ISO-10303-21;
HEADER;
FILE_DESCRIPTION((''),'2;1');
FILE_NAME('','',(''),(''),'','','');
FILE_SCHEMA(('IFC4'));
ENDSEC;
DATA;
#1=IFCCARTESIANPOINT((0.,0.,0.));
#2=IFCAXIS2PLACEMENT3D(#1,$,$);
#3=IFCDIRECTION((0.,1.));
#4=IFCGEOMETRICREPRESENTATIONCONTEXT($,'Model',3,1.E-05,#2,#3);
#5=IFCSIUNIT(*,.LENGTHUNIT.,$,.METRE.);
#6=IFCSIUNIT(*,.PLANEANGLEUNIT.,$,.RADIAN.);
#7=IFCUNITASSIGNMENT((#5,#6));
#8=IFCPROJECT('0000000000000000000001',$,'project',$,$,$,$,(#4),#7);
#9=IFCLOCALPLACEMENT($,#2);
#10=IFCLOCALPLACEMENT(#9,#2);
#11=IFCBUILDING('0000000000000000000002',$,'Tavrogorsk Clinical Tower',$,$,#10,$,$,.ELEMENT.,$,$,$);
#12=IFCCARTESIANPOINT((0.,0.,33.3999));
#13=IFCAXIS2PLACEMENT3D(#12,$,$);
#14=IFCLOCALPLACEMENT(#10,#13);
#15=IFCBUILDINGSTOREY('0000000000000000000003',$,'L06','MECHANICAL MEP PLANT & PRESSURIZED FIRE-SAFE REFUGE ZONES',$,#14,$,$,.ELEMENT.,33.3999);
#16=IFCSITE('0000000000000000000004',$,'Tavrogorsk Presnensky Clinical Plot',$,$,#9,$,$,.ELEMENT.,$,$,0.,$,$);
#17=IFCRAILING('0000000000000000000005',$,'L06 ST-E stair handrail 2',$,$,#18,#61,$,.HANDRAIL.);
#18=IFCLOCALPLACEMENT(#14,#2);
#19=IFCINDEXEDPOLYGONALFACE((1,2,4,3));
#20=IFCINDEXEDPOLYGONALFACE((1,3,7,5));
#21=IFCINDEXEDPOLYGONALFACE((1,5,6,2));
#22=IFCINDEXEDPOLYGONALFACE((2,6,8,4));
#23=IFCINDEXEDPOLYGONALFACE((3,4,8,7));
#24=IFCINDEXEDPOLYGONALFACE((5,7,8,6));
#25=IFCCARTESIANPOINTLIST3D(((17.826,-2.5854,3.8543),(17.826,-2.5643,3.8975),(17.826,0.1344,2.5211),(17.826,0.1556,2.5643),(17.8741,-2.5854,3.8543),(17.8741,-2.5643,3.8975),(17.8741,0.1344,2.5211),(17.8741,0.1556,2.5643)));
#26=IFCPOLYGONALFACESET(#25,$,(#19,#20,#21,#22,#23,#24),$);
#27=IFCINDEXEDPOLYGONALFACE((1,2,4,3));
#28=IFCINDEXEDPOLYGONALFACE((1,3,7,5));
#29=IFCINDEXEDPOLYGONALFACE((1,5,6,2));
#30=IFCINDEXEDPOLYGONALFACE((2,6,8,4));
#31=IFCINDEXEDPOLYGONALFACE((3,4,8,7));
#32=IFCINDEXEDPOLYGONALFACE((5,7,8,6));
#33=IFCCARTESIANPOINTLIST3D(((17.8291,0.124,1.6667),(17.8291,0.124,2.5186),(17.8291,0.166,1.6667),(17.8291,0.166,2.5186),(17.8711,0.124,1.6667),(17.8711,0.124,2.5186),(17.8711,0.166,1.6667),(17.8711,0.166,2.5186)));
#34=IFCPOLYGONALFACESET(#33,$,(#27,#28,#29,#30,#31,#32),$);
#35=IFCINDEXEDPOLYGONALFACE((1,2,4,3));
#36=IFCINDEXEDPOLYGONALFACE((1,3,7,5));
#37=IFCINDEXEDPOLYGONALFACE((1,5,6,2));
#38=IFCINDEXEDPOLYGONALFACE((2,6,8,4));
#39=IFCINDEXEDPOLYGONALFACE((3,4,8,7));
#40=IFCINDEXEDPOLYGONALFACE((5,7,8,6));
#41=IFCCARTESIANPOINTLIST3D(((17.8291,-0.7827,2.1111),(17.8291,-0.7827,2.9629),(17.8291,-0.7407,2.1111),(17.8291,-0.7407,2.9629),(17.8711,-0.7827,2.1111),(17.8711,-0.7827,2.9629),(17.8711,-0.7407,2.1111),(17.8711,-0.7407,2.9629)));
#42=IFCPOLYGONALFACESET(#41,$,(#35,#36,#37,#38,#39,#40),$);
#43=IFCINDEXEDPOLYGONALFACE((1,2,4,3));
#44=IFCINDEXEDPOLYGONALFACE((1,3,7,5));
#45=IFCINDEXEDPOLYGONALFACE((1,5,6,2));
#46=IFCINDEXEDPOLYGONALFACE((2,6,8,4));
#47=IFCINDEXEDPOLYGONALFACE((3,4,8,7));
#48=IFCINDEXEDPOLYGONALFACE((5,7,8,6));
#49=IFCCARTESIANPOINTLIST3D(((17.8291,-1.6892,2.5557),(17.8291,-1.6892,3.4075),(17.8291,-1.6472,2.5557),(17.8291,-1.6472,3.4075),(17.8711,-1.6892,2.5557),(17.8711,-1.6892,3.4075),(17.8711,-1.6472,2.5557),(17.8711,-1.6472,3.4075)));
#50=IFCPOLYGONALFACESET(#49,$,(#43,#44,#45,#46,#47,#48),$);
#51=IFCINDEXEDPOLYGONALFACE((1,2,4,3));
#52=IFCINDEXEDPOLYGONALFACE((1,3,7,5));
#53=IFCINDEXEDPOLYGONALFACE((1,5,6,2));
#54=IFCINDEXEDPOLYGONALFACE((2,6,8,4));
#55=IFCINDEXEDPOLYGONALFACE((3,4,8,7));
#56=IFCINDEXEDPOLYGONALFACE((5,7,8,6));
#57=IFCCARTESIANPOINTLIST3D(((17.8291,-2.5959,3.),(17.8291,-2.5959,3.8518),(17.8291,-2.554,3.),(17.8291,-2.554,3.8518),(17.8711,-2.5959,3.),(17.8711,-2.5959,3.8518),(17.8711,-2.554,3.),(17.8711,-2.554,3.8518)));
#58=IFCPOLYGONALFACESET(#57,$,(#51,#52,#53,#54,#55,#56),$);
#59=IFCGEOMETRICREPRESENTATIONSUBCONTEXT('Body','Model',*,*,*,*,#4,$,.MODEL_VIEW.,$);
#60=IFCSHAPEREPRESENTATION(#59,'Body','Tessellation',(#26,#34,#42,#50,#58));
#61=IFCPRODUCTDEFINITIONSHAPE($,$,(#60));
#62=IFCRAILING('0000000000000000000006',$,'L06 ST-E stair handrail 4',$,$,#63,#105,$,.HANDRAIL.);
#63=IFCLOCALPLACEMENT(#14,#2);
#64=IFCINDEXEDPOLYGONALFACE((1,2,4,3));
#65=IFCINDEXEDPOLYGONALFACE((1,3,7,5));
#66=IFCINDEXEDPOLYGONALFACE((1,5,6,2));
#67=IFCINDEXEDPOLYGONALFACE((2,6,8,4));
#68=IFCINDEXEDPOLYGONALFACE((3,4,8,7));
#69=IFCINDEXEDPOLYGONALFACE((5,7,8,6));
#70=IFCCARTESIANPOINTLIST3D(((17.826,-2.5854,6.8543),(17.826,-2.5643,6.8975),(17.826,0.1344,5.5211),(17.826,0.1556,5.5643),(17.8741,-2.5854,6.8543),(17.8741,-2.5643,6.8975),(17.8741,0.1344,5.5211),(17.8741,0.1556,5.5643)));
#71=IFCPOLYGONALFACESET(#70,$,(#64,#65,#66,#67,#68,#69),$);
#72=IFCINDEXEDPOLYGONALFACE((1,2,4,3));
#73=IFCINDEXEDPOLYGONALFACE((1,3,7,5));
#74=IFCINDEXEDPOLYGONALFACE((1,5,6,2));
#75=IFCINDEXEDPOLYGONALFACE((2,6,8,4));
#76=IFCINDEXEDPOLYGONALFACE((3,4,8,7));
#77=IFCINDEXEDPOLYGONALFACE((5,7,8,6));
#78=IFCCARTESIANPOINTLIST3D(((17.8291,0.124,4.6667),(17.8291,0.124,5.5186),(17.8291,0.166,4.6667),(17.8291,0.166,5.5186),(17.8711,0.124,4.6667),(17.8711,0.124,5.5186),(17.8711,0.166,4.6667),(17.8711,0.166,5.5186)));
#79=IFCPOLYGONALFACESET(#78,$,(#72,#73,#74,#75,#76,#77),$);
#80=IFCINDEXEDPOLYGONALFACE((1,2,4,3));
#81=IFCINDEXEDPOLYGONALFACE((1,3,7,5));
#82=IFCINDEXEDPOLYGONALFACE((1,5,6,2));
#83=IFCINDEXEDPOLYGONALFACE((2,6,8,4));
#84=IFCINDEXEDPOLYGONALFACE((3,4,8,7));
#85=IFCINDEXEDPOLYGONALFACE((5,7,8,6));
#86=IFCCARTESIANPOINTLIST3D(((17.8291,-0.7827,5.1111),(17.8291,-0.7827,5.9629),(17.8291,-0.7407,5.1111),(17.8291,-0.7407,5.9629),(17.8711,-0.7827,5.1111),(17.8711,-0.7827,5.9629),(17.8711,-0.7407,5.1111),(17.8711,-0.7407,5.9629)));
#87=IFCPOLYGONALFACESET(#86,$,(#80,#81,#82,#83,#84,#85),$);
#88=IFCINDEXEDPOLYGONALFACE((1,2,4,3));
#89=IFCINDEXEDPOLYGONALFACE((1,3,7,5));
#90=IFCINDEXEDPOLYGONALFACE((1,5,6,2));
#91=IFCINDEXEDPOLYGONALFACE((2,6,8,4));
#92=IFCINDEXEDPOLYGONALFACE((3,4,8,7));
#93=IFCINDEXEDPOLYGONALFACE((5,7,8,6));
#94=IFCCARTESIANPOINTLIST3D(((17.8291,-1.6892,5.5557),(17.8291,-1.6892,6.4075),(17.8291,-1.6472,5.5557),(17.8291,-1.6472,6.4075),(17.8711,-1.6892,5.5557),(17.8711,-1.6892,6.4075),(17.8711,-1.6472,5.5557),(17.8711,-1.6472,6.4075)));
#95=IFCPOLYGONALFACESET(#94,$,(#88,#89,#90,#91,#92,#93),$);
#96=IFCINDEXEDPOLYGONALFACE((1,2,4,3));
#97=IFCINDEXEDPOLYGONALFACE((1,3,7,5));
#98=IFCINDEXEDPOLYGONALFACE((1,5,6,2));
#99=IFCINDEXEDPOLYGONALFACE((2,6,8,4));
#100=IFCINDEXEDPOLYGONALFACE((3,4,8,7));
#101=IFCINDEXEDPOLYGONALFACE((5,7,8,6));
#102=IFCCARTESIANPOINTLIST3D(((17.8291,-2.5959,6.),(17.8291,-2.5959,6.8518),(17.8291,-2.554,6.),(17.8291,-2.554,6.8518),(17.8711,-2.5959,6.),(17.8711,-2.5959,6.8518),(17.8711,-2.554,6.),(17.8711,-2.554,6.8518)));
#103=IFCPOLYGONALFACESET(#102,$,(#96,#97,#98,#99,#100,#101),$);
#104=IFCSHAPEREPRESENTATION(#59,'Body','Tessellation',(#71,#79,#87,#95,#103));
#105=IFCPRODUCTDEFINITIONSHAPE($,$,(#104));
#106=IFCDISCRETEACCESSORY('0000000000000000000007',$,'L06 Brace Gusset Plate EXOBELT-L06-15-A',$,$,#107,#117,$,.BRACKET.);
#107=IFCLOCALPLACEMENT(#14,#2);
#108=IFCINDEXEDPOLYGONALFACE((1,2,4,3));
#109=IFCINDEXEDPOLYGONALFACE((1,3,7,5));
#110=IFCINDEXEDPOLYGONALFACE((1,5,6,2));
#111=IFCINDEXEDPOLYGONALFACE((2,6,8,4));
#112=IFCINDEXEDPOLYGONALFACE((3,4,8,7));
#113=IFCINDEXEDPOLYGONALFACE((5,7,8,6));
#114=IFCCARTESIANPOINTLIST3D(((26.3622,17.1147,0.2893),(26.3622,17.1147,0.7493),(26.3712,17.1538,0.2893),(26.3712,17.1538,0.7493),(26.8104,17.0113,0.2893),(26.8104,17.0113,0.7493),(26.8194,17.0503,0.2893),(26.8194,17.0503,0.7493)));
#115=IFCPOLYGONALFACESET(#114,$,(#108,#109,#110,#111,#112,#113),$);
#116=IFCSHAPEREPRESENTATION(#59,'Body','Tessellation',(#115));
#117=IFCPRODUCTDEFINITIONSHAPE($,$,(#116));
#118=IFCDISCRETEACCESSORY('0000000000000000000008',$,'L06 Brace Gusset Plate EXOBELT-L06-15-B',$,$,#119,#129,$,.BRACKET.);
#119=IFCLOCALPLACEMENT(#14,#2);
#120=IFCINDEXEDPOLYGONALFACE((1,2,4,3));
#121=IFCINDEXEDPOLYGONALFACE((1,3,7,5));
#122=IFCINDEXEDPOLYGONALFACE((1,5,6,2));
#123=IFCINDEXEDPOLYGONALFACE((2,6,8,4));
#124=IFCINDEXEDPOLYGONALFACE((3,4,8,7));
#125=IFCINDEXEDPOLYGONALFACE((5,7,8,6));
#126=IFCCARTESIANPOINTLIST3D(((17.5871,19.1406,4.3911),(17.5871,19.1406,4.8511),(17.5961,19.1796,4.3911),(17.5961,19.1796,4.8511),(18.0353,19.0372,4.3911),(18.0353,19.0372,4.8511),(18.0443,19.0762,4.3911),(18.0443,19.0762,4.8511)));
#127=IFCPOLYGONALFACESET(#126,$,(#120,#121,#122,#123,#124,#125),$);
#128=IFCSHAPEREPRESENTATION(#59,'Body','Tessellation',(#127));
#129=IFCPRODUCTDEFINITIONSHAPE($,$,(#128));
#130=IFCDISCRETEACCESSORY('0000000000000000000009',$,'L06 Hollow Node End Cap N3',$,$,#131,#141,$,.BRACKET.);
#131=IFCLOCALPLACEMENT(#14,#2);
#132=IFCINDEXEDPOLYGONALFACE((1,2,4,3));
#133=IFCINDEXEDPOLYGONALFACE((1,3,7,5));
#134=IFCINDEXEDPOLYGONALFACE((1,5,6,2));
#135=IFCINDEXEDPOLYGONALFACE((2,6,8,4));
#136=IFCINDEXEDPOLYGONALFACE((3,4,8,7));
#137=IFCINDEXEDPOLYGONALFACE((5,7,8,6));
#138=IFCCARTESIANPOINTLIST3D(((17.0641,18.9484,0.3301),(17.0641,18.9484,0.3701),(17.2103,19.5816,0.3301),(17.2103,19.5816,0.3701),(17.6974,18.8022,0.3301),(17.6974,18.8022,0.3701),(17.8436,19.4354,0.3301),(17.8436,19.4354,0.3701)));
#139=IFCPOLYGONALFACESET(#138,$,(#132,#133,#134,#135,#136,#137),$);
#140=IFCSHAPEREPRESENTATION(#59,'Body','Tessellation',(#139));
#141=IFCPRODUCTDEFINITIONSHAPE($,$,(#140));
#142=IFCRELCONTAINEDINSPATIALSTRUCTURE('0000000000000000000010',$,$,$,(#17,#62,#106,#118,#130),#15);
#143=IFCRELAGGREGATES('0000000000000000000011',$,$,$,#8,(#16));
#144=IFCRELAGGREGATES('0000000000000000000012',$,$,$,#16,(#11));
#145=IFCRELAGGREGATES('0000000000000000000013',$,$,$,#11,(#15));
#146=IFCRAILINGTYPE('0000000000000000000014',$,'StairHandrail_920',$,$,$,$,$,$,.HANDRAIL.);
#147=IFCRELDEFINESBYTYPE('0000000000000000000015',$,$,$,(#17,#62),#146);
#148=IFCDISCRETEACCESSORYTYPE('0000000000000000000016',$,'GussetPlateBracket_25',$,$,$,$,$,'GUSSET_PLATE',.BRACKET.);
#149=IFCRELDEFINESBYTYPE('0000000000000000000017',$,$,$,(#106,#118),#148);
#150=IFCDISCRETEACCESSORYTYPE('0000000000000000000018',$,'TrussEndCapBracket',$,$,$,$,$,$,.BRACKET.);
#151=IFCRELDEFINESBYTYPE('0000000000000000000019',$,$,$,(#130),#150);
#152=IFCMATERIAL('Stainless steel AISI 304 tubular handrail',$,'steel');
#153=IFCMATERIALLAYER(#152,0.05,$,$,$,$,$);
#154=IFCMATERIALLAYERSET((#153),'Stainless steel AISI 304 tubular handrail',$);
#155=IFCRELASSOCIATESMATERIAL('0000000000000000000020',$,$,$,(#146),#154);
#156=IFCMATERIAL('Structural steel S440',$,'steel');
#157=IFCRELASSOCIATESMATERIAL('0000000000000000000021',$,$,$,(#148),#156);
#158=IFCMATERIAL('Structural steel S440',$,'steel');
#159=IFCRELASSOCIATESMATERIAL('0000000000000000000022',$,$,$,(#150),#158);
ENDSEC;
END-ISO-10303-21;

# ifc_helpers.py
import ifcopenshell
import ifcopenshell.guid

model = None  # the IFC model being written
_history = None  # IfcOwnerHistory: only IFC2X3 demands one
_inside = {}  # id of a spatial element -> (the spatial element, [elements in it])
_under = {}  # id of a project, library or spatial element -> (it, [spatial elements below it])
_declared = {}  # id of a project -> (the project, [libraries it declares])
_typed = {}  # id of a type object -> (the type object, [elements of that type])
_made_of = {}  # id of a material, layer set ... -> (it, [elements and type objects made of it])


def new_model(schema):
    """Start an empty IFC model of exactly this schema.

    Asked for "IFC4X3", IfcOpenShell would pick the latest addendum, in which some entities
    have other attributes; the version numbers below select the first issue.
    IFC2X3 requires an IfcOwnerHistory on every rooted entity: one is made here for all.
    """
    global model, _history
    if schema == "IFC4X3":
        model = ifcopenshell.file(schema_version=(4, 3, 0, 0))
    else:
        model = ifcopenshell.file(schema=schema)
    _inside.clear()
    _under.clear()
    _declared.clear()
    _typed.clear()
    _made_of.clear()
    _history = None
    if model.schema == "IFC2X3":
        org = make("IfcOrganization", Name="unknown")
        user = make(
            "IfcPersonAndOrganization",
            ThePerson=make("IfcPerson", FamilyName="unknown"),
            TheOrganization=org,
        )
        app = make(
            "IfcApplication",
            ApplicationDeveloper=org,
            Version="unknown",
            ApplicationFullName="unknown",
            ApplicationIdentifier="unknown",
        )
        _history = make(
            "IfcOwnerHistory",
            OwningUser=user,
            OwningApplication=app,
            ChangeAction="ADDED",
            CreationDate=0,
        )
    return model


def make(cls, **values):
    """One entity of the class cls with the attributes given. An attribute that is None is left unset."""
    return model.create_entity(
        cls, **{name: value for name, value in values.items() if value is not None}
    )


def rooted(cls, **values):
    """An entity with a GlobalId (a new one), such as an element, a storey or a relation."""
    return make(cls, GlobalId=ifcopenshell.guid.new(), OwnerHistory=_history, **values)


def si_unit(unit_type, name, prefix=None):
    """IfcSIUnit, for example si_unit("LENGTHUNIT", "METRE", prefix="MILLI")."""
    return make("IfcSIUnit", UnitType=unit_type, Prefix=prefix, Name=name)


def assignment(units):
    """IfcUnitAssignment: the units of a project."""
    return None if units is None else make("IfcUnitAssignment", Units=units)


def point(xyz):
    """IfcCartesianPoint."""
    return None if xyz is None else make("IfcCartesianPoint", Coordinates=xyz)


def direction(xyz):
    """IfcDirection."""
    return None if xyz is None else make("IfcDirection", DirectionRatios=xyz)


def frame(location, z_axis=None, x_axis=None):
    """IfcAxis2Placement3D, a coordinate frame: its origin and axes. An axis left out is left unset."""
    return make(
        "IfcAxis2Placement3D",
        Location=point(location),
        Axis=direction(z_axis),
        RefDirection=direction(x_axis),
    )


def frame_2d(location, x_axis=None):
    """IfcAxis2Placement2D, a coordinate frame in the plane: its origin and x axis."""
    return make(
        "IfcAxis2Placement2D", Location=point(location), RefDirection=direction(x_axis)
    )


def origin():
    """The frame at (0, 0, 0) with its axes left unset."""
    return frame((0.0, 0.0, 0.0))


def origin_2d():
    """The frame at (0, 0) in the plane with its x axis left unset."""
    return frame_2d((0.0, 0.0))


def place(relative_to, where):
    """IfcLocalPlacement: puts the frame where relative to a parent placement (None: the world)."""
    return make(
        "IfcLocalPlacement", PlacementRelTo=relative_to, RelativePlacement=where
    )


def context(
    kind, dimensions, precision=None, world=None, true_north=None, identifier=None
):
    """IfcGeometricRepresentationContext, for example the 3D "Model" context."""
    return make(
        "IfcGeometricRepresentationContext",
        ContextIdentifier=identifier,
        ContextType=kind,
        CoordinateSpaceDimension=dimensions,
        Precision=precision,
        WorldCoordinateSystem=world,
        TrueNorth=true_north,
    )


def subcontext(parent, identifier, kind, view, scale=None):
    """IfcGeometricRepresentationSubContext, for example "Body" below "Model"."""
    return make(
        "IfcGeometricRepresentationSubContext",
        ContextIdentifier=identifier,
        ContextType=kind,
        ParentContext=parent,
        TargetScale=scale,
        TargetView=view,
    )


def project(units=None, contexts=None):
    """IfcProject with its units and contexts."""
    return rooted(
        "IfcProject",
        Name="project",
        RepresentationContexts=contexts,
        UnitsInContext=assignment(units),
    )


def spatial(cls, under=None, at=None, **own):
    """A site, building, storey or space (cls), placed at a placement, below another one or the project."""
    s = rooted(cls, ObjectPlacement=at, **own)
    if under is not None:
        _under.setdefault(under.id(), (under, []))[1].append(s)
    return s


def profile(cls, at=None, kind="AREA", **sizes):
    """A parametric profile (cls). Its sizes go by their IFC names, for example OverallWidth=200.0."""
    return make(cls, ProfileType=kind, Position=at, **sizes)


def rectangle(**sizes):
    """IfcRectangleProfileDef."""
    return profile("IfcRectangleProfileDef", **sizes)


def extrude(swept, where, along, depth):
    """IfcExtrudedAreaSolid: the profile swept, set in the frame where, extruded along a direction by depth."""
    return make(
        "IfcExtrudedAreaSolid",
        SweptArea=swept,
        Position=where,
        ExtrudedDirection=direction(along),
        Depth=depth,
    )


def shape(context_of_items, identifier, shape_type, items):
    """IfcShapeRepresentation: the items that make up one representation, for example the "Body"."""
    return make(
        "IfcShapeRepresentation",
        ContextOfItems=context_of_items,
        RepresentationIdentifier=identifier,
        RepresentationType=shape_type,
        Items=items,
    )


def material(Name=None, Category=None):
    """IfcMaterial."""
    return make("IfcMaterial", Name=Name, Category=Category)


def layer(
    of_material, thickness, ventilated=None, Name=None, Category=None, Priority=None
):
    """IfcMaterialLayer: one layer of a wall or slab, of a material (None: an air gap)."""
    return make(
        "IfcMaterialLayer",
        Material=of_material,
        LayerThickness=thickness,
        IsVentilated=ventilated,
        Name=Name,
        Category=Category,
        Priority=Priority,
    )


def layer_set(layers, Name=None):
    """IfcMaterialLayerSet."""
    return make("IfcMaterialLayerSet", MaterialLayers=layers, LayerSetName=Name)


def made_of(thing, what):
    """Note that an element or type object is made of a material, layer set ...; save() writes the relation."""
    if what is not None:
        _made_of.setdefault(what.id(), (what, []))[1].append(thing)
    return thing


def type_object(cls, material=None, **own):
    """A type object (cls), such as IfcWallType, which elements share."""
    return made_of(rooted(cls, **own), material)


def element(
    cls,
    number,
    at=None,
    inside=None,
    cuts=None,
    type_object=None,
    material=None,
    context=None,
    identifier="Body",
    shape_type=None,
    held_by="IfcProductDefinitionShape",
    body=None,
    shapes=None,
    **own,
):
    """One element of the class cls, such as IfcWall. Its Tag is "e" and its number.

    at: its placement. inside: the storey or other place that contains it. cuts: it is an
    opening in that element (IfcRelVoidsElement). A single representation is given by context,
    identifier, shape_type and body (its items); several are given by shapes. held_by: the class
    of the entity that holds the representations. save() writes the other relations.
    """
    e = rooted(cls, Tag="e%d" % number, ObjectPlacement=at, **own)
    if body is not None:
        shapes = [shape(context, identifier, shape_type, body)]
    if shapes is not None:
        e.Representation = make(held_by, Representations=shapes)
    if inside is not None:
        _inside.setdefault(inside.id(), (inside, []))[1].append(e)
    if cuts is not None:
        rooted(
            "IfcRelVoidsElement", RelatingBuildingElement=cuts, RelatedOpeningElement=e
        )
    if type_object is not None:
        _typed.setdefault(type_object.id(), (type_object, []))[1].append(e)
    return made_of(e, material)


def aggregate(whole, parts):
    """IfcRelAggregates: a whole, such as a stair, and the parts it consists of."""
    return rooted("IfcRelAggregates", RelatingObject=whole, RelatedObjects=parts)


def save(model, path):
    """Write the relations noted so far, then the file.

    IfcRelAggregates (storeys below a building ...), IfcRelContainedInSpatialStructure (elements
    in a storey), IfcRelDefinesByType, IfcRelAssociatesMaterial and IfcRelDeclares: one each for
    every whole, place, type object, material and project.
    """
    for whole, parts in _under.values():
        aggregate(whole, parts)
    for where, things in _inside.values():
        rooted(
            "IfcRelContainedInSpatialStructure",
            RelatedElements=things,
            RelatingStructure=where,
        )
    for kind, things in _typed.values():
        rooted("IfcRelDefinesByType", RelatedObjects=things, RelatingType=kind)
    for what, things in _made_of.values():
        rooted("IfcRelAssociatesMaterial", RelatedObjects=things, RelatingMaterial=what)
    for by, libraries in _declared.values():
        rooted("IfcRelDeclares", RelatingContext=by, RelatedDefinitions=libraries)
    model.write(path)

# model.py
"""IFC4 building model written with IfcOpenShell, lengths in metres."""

from ifc_helpers import new_model, si_unit, direction, frame, origin, origin_2d, place, context, subcontext, project, spatial, rectangle, extrude, material, layer, layer_set, type_object, element, save


model = new_model("IFC4")

# Units and contexts
model_context = context("Model", 3, precision=1e-05, world=origin(), true_north=direction((0.0, 1.0)))
body_context = subcontext(model_context, "Body", "Model", "MODEL_VIEW")
ifc_project = project(units=[si_unit("LENGTHUNIT", "METRE"), si_unit("PLANEANGLEUNIT", "RADIAN")], contexts=[model_context])

# Site, building, storey
site_placement = place(None, origin())
site = spatial("IfcSite", under=ifc_project, at=site_placement, Name="Tavrogorsk Presnensky Clinical Plot", CompositionType="ELEMENT", RefElevation=0.0)
building_placement = place(site_placement, origin())
building = spatial("IfcBuilding", under=site, at=building_placement, Name="Tavrogorsk Clinical Tower", CompositionType="ELEMENT")
storey_placement = place(building_placement, frame((0.0, 0.0, 33.3999)))
storey = spatial("IfcBuildingStorey", under=building, at=storey_placement, Name="L06", Description="MECHANICAL MEP PLANT & PRESSURIZED FIRE-SAFE REFUGE ZONES", CompositionType="ELEMENT", Elevation=33.3999)

# Railings
ifc_material_1 = material(Name="Stainless steel AISI 304 tubular handrail", Category="steel")
ifc_layer_1 = layer(ifc_material_1, 0.05)
ifc_layer_set_1 = layer_set([ifc_layer_1], Name="Stainless steel AISI 304 tubular handrail")
railing_type_1 = type_object("IfcRailingType", Name="StairHandrail_920", PredefinedType="HANDRAIL", material=ifc_layer_set_1)
for number, where, name in (
    (1, (17.8501, 0.145, 1.6667), "L06 ST-E stair handrail 2"),
    (2, (17.8501, 0.145, 4.6667), "L06 ST-E stair handrail 4"),
):
    element("IfcRailing", number, at=place(storey_placement, frame(where)), inside=storey, type_object=railing_type_1, Name=name, PredefinedType="HANDRAIL", context=body_context, shape_type="SweptSolid", body=[
        extrude(rectangle(XDim=0.0481, YDim=0.0481, at=origin_2d()), frame((0.0, 0.0, 0.876), z_axis=(0.0, -0.897929, 0.440139), x_axis=(1.0, 0.0, 0.0)), (0.0, 0.0, 1.0), 3.0291),
        extrude(rectangle(XDim=0.042, YDim=0.042, at=origin_2d()), origin(), (0.0, 0.0, 1.0), 0.8518),
        extrude(rectangle(XDim=0.042, YDim=0.042, at=origin_2d()), frame((0.0, -0.9067, 0.4443)), (0.0, 0.0, 1.0), 0.8518),
        extrude(rectangle(XDim=0.042, YDim=0.042, at=origin_2d()), frame((0.0, -1.8132, 0.8889)), (0.0, 0.0, 1.0), 0.8518),
        extrude(rectangle(XDim=0.042, YDim=0.042, at=origin_2d()), frame((0.0, -2.72, 1.3333)), (0.0, 0.0, 1.0), 0.8518),
    ])

# Discrete accessories
ifc_material_2 = material(Name="Structural steel S440", Category="steel")
discrete_accessory_type_1 = type_object("IfcDiscreteAccessoryType", Name="GussetPlateBracket_25", ElementType="GUSSET_PLATE", PredefinedType="BRACKET", material=ifc_material_2)
for number, where, z_axis, x_axis, name in (
    (3, (26.5908, 17.0825, 0.2893), (0.0, 0.0, 1.0), (-0.97437, 0.224951, 0.0), "L06 Brace Gusset Plate EXOBELT-L06-15-A"),
    (4, (17.8157, 19.1084, 4.3911), (0.0, 0.0, 1.0), (-0.97437, 0.224951, 0.0), "L06 Brace Gusset Plate EXOBELT-L06-15-B"),
):
    element("IfcDiscreteAccessory", number, at=place(storey_placement, frame(where, z_axis=z_axis, x_axis=x_axis)), inside=storey, type_object=discrete_accessory_type_1, Name=name, PredefinedType="BRACKET", context=body_context, shape_type="SweptSolid", body=[
        extrude(rectangle(XDim=0.46, YDim=0.04, at=origin_2d()), origin(), (0.0, 0.0, 1.0), 0.46),
    ])
ifc_material_3 = material(Name="Structural steel S440", Category="steel")
discrete_accessory_type_2 = type_object("IfcDiscreteAccessoryType", Name="TrussEndCapBracket", PredefinedType="BRACKET", material=ifc_material_3)
discrete_accessory_placement = place(storey_placement, frame((17.4539, 19.1919, 0.3301), z_axis=(0.0, 0.0, 1.0), x_axis=(0.97437, -0.224951, 0.0)))
element("IfcDiscreteAccessory", 5, at=discrete_accessory_placement, inside=storey, type_object=discrete_accessory_type_2, Name="L06 Hollow Node End Cap N3", PredefinedType="BRACKET", context=body_context, shape_type="SweptSolid", body=[
    extrude(rectangle(XDim=0.6499, YDim=0.6499, at=origin_2d()), origin(), (0.0, 0.0, 1.0), 0.04),
])

save(model, "model.ifc")
